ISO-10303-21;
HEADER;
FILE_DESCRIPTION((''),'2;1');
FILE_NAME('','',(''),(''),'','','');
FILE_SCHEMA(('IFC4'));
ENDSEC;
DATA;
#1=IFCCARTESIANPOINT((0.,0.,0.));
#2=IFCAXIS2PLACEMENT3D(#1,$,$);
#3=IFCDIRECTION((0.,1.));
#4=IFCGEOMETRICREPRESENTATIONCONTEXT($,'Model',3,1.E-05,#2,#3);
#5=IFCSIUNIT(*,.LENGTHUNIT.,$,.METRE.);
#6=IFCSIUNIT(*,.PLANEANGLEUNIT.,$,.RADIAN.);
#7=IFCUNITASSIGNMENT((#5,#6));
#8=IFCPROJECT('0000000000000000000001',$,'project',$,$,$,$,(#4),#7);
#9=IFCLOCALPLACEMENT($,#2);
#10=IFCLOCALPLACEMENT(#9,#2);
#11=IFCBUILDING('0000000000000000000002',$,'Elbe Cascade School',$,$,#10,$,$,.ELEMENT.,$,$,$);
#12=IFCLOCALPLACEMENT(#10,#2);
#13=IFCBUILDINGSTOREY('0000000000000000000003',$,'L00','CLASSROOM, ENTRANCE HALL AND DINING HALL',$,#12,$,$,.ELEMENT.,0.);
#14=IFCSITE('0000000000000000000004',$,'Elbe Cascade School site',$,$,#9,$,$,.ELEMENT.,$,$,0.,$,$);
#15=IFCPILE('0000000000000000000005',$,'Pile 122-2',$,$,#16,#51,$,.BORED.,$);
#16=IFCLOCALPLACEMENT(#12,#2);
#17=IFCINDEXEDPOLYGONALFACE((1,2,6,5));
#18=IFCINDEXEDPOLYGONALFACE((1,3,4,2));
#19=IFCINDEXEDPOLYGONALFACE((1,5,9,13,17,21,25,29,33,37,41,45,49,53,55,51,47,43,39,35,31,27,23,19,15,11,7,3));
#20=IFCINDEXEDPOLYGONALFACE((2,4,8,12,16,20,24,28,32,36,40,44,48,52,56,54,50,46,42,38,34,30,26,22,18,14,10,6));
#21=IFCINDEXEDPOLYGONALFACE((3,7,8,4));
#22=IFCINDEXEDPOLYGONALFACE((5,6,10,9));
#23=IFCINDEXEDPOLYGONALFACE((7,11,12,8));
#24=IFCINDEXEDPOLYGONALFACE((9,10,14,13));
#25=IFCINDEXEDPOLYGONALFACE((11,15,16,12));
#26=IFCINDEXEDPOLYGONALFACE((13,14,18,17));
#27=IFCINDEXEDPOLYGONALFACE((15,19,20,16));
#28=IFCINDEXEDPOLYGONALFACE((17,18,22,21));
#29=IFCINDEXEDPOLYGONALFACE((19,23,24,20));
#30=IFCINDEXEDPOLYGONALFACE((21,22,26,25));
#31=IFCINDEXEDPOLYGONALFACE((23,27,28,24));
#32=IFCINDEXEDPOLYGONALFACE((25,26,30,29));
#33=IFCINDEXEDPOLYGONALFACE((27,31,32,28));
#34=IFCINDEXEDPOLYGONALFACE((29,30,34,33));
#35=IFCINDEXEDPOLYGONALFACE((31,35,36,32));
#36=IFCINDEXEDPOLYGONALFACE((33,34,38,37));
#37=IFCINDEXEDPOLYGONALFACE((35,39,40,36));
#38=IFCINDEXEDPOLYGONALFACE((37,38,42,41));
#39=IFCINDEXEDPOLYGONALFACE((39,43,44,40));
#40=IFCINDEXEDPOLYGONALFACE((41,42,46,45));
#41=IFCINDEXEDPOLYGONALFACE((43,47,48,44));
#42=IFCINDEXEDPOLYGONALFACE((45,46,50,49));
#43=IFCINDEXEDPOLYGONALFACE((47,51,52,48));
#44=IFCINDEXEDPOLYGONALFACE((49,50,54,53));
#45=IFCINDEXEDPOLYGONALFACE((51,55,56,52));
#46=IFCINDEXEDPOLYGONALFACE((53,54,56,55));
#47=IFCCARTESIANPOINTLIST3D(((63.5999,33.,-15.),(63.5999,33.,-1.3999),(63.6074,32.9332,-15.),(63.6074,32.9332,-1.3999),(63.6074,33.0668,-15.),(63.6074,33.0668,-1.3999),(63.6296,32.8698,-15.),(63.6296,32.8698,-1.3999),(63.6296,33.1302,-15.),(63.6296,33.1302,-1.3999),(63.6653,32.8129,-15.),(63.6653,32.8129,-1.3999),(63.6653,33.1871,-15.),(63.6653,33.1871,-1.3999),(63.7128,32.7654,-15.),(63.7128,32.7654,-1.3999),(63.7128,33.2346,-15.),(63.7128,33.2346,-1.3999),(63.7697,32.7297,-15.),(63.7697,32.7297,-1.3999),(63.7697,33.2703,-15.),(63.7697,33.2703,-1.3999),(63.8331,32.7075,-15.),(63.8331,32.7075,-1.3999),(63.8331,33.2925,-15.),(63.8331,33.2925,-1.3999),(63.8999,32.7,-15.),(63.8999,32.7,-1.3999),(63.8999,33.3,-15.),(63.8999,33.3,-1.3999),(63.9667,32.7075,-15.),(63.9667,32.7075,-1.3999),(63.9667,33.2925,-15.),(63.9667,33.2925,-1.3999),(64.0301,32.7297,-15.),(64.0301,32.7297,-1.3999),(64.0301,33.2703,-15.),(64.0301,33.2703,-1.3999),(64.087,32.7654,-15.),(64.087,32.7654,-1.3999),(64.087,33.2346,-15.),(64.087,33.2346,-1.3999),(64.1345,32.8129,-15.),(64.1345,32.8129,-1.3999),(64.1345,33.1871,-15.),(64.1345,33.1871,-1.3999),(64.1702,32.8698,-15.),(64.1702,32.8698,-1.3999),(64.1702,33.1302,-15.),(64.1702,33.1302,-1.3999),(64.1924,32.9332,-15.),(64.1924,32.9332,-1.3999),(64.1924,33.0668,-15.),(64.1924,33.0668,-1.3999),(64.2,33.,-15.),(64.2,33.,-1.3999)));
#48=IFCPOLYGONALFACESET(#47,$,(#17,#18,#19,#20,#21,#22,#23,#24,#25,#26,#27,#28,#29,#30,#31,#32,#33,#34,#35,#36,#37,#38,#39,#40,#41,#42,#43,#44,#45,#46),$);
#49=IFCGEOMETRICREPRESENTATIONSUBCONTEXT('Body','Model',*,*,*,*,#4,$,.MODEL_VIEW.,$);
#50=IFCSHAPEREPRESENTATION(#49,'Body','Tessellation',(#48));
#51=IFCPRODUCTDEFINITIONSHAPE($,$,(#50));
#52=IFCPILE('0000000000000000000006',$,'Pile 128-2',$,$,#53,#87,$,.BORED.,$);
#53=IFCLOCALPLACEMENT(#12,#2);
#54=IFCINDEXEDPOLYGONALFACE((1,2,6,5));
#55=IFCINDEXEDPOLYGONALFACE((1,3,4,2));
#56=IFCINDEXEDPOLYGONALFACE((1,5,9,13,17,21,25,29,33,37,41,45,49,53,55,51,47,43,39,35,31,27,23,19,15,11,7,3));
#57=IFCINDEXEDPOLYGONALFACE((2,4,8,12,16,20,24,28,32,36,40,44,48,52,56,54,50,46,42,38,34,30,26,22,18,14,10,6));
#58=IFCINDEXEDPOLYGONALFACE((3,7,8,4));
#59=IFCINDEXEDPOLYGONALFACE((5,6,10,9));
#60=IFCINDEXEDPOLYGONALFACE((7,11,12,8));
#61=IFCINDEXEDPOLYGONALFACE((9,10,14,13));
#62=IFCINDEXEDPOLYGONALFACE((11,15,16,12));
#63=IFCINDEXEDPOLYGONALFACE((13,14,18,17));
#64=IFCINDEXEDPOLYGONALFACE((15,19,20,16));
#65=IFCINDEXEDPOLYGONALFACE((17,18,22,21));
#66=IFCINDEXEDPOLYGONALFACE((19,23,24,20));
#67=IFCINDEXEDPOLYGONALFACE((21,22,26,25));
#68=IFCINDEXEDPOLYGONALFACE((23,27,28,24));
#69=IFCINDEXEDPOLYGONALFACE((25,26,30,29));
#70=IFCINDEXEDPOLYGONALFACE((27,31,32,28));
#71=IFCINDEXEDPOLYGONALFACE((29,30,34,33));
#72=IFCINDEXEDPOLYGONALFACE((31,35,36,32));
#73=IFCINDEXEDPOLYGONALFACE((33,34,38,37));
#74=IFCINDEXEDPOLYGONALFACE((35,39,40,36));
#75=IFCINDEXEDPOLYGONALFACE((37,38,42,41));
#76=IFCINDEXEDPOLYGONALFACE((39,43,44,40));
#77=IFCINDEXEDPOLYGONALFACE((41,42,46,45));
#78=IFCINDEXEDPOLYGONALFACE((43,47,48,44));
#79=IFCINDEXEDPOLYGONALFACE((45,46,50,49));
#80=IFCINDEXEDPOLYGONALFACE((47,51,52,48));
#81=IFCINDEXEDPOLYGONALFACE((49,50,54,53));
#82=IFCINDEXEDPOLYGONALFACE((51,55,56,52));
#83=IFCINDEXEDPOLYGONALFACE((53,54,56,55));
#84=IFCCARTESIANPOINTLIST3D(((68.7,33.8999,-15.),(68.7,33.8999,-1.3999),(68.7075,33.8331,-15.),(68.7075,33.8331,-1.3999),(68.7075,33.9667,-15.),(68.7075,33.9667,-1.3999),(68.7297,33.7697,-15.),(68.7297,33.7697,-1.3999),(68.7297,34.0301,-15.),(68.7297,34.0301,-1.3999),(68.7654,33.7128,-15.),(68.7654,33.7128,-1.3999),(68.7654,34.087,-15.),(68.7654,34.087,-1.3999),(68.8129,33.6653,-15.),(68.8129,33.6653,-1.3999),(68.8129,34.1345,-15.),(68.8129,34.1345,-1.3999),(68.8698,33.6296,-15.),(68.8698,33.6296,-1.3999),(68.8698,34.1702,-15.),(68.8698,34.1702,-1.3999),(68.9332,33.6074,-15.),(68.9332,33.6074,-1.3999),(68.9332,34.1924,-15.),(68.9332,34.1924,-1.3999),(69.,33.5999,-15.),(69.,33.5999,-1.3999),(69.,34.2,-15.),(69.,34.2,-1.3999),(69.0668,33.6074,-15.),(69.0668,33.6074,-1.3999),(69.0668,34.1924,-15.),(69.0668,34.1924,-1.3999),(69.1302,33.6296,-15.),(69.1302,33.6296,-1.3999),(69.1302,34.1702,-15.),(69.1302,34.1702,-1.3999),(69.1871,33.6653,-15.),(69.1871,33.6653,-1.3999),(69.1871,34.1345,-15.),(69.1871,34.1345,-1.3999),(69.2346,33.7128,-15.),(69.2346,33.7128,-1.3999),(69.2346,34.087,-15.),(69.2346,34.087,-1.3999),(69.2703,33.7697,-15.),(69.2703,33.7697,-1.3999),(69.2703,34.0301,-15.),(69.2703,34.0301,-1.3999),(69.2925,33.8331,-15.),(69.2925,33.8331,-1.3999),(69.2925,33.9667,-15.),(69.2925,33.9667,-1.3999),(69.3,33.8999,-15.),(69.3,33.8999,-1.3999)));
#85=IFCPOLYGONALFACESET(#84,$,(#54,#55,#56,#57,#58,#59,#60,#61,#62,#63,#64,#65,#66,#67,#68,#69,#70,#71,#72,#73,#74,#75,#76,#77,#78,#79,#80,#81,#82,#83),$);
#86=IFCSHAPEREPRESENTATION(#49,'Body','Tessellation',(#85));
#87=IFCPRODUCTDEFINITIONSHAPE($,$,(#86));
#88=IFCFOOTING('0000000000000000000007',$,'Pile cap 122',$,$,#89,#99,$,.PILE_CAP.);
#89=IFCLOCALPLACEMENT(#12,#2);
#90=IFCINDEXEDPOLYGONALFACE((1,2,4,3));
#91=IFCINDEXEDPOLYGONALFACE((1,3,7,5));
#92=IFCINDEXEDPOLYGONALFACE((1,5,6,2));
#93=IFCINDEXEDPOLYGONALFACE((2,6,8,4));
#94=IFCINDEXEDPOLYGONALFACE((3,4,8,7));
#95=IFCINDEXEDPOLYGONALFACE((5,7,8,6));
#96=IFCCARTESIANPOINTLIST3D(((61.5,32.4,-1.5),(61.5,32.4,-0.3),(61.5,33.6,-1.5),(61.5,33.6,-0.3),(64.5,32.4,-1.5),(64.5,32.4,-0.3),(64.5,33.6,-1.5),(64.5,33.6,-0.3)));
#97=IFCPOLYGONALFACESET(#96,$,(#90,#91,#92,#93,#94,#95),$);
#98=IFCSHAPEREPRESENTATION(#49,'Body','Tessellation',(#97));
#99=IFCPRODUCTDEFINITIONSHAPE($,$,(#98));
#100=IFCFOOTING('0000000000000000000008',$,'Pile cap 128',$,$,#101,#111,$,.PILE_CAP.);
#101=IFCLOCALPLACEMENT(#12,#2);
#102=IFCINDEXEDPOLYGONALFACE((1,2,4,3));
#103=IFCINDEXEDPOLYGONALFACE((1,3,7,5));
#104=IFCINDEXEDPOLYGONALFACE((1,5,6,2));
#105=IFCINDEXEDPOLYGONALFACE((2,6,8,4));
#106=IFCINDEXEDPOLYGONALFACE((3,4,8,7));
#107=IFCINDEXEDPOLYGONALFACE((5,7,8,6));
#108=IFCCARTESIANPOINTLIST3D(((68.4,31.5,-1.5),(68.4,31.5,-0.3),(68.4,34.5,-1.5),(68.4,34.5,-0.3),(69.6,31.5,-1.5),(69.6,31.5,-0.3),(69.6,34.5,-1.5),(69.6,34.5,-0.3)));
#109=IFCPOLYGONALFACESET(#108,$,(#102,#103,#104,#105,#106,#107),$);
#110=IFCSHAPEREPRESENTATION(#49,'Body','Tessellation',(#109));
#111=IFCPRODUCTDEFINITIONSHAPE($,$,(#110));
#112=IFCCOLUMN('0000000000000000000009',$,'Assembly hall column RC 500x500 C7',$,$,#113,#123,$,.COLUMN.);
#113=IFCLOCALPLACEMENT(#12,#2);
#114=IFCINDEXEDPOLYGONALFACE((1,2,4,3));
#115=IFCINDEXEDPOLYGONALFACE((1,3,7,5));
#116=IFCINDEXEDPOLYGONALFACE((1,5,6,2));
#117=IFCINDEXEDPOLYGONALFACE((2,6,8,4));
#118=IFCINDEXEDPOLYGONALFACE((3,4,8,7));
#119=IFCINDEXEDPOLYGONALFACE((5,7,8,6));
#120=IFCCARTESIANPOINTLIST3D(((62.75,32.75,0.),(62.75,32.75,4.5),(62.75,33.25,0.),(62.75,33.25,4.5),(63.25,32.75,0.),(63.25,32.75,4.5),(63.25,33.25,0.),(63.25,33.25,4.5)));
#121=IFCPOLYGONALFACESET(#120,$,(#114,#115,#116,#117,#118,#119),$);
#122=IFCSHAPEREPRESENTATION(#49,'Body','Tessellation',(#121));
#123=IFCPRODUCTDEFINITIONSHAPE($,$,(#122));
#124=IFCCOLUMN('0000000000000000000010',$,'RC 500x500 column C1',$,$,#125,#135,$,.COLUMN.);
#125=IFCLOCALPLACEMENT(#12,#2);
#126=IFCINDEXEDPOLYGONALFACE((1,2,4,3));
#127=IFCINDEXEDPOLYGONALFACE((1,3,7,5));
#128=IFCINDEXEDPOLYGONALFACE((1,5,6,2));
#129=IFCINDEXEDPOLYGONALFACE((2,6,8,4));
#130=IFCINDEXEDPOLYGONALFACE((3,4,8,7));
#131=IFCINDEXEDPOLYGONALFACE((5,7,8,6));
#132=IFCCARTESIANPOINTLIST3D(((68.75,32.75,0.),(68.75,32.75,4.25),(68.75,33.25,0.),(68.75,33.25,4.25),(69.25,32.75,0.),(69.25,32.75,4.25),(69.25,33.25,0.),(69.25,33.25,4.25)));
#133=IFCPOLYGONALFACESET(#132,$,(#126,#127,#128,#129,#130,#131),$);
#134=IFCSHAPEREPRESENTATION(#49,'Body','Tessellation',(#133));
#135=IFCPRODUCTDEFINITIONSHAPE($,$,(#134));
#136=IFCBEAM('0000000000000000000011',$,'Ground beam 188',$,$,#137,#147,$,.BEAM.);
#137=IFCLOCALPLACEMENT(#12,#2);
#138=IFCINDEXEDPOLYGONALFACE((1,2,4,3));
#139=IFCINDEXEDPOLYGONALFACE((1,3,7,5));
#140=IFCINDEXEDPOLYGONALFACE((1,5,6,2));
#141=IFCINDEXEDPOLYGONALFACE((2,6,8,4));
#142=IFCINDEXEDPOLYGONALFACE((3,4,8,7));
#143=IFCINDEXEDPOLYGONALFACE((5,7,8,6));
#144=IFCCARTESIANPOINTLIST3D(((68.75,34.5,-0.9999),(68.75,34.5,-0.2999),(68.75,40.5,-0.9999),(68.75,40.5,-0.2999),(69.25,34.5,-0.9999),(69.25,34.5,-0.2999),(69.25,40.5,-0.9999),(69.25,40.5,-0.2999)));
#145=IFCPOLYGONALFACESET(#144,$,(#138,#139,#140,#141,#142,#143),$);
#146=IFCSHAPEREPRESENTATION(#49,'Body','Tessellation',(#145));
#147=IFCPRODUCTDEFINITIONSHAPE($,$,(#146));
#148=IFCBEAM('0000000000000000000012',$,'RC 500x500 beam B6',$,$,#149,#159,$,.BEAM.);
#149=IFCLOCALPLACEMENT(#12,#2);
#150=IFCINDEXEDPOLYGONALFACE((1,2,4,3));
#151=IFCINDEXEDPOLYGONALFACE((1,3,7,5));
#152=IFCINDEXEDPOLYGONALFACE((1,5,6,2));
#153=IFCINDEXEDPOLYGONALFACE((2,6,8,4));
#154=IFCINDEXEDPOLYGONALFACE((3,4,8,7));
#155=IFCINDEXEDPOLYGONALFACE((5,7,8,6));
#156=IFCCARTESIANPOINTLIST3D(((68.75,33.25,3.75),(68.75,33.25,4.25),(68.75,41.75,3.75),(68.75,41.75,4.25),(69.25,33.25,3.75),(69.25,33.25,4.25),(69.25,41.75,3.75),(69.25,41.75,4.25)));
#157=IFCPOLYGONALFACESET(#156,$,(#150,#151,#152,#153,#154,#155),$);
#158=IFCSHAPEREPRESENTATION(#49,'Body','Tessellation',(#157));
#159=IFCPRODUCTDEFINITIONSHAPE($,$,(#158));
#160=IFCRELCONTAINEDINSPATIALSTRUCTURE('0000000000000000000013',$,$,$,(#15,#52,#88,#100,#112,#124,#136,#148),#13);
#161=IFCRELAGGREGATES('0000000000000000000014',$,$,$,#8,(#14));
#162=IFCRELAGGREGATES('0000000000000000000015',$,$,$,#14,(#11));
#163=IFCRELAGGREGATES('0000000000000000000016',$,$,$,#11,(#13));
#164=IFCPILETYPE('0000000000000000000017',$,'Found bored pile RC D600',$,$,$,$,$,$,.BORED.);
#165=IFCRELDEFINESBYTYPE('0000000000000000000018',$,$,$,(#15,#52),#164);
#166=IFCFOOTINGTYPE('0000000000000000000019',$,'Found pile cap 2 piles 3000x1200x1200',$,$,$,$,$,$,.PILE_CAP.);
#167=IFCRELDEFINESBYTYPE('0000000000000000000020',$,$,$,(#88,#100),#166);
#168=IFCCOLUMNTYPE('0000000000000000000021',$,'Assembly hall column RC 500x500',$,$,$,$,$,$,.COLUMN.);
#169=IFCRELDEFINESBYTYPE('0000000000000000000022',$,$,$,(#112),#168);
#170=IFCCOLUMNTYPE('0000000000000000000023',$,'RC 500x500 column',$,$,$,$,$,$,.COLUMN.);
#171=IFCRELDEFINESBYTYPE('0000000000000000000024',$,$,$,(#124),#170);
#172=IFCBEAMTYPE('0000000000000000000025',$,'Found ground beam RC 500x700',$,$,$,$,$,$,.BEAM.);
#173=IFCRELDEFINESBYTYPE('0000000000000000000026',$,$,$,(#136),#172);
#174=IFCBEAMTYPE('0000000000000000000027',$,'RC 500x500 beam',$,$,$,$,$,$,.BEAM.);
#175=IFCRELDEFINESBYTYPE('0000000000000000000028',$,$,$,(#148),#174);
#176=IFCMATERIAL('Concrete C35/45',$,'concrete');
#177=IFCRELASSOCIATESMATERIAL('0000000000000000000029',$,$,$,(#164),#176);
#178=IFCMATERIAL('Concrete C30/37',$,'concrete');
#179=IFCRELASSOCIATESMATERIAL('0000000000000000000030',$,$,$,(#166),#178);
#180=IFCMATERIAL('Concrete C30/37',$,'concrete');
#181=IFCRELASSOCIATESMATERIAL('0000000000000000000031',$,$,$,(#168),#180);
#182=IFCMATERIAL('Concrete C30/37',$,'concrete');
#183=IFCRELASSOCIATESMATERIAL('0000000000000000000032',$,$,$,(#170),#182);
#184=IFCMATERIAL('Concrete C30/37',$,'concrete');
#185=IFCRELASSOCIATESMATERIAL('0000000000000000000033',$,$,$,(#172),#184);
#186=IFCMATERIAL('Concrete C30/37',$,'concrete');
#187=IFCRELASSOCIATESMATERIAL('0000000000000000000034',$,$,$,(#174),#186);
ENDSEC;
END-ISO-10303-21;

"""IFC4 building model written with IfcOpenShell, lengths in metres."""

from ifc_helpers import new_model, si_unit, direction, frame, origin, origin_2d, place, context, subcontext, project, spatial, rectangle, circle, extrude, material, material_profile, profile_set, type_object, element, save


model = new_model("IFC4")

# Units and contexts
model_context = context("Model", 3, precision=1e-05, world=origin(), true_north=direction((0.0, 1.0)))
body_context = subcontext(model_context, "Body", "Model", "MODEL_VIEW")
ifc_project = project(units=[si_unit("LENGTHUNIT", "METRE"), si_unit("PLANEANGLEUNIT", "RADIAN")], contexts=[model_context])

# Site, building, storey
site_placement = place(None, origin())
site = spatial("IfcSite", under=ifc_project, at=site_placement, Name="Elbe Cascade School site", CompositionType="ELEMENT", RefElevation=0.0)
building_placement = place(site_placement, origin())
building = spatial("IfcBuilding", under=site, at=building_placement, Name="Elbe Cascade School", CompositionType="ELEMENT")
storey_placement = place(building_placement, origin())
storey = spatial("IfcBuildingStorey", under=building, at=storey_placement, Name="L00", Description="CLASSROOM, ENTRANCE HALL AND DINING HALL", CompositionType="ELEMENT", Elevation=0.0)

# Piles
ifc_material_1 = material(Name="Concrete C35/45", Category="concrete")
ifc_material_profile_1 = material_profile(ifc_material_1, circle(Radius=0.3, at=origin_2d()), Name="RC D600")
ifc_profile_set_1 = profile_set([ifc_material_profile_1], Name="Concrete C35/45")
pile_type = type_object("IfcPileType", Name="Found bored pile RC D600", PredefinedType="BORED", material=ifc_profile_set_1)
for number, where, z_axis, x_axis, name in (
    (1, (63.8999, 33.0, -1.3999), (0.0, 0.0, -1.0), (1.0, 0.0, 0.0), "Pile 122-2"),
    (2, (69.0, 33.8999, -1.3999), (0.0, 0.0, -1.0), (1.0, 0.0, 0.0), "Pile 128-2"),
):
    element("IfcPile", number, at=place(storey_placement, frame(where, z_axis=z_axis, x_axis=x_axis)), inside=storey, type_object=pile_type, Name=name, PredefinedType="BORED", context=body_context, shape_type="SweptSolid", body=[
        extrude(circle(Radius=0.3, at=origin_2d()), origin(), (0.0, 0.0, 1.0), 13.6001),
    ])

# Footings
ifc_material_2 = material(Name="Concrete C30/37", Category="concrete")
footing_type = type_object("IfcFootingType", Name="Found pile cap 2 piles 3000x1200x1200", PredefinedType="PILE_CAP", material=ifc_material_2)
footing_1_placement = place(storey_placement, frame((63.0, 33.0, -1.5), z_axis=(0.0, 0.0, 1.0), x_axis=(1.0, 0.0, 0.0)))
element("IfcFooting", 3, at=footing_1_placement, inside=storey, type_object=footing_type, Name="Pile cap 122", PredefinedType="PILE_CAP", context=body_context, shape_type="SweptSolid", body=[
    extrude(rectangle(XDim=3.0, YDim=1.2, at=origin_2d()), origin(), (0.0, 0.0, 1.0), 1.2),
])
footing_2_placement = place(storey_placement, frame((69.0, 33.0, -1.5), z_axis=(0.0, 0.0, 1.0), x_axis=(1.0, 0.0, 0.0)))
element("IfcFooting", 4, at=footing_2_placement, inside=storey, type_object=footing_type, Name="Pile cap 128", PredefinedType="PILE_CAP", context=body_context, shape_type="SweptSolid", body=[
    extrude(rectangle(XDim=1.2, YDim=3.0, at=origin_2d()), origin(), (0.0, 0.0, 1.0), 1.2),
])

# Columns
ifc_material_3 = material(Name="Concrete C30/37", Category="concrete")
ifc_material_profile_2 = material_profile(ifc_material_3, rectangle(XDim=0.5, YDim=0.5, at=origin_2d()), Name="RC 500x500")
ifc_profile_set_2 = profile_set([ifc_material_profile_2], Name="Concrete C30/37")
column_type_1 = type_object("IfcColumnType", Name="Assembly hall column RC 500x500", PredefinedType="COLUMN", material=ifc_profile_set_2)
column_1_placement = place(storey_placement, frame((63.0, 33.0, 0.0), z_axis=(0.0, 0.0, 1.0), x_axis=(1.0, 0.0, 0.0)))
element("IfcColumn", 5, at=column_1_placement, inside=storey, type_object=column_type_1, Name="Assembly hall column RC 500x500 C7", PredefinedType="COLUMN", context=body_context, shape_type="SweptSolid", body=[
    extrude(rectangle(XDim=0.5, YDim=0.5, at=origin_2d()), origin(), (0.0, 0.0, 1.0), 4.5),
])
ifc_material_4 = material(Name="Concrete C30/37", Category="concrete")
ifc_material_profile_3 = material_profile(ifc_material_4, rectangle(XDim=0.5, YDim=0.5, at=origin_2d()), Name="RC 500x500")
ifc_profile_set_3 = profile_set([ifc_material_profile_3], Name="Concrete C30/37")
column_type_2 = type_object("IfcColumnType", Name="RC 500x500 column", PredefinedType="COLUMN", material=ifc_profile_set_3)
column_2_placement = place(storey_placement, frame((69.0, 33.0, 0.0), z_axis=(0.0, 0.0, 1.0), x_axis=(1.0, 0.0, 0.0)))
element("IfcColumn", 6, at=column_2_placement, inside=storey, type_object=column_type_2, Name="RC 500x500 column C1", PredefinedType="COLUMN", context=body_context, shape_type="SweptSolid", body=[
    extrude(rectangle(XDim=0.5, YDim=0.5, at=origin_2d()), origin(), (0.0, 0.0, 1.0), 4.25),
])

# Beams
ifc_material_5 = material(Name="Concrete C30/37", Category="concrete")
ifc_material_profile_4 = material_profile(ifc_material_5, rectangle(XDim=0.5, YDim=0.7, at=origin_2d()), Name="RC 500x700")
ifc_profile_set_4 = profile_set([ifc_material_profile_4], Name="Concrete C30/37")
beam_type_1 = type_object("IfcBeamType", Name="Found ground beam RC 500x700", PredefinedType="BEAM", material=ifc_profile_set_4)
beam_1_placement = place(storey_placement, frame((69.0, 34.5, -0.6499), z_axis=(0.0, 1.0, 0.0), x_axis=(-1.0, 0.0, 0.0)))
element("IfcBeam", 7, at=beam_1_placement, inside=storey, type_object=beam_type_1, Name="Ground beam 188", PredefinedType="BEAM", context=body_context, shape_type="SweptSolid", body=[
    extrude(rectangle(XDim=0.5, YDim=0.7, at=origin_2d()), origin(), (0.0, 0.0, 1.0), 6.0),
])
ifc_material_6 = material(Name="Concrete C30/37", Category="concrete")
ifc_material_profile_5 = material_profile(ifc_material_6, rectangle(XDim=0.5, YDim=0.5, at=origin_2d()), Name="RC 500x500")
ifc_profile_set_5 = profile_set([ifc_material_profile_5], Name="Concrete C30/37")
beam_type_2 = type_object("IfcBeamType", Name="RC 500x500 beam", PredefinedType="BEAM", material=ifc_profile_set_5)
beam_2_placement = place(storey_placement, frame((69.0, 33.25, 4.0), z_axis=(0.0, 1.0, 0.0), x_axis=(-1.0, 0.0, 0.0)))
element("IfcBeam", 8, at=beam_2_placement, inside=storey, type_object=beam_type_2, Name="RC 500x500 beam B6", PredefinedType="BEAM", context=body_context, shape_type="SweptSolid", body=[
    extrude(rectangle(XDim=0.5, YDim=0.5, at=origin_2d()), origin(), (0.0, 0.0, 1.0), 8.5),
])

save(model, "model.ifc")
